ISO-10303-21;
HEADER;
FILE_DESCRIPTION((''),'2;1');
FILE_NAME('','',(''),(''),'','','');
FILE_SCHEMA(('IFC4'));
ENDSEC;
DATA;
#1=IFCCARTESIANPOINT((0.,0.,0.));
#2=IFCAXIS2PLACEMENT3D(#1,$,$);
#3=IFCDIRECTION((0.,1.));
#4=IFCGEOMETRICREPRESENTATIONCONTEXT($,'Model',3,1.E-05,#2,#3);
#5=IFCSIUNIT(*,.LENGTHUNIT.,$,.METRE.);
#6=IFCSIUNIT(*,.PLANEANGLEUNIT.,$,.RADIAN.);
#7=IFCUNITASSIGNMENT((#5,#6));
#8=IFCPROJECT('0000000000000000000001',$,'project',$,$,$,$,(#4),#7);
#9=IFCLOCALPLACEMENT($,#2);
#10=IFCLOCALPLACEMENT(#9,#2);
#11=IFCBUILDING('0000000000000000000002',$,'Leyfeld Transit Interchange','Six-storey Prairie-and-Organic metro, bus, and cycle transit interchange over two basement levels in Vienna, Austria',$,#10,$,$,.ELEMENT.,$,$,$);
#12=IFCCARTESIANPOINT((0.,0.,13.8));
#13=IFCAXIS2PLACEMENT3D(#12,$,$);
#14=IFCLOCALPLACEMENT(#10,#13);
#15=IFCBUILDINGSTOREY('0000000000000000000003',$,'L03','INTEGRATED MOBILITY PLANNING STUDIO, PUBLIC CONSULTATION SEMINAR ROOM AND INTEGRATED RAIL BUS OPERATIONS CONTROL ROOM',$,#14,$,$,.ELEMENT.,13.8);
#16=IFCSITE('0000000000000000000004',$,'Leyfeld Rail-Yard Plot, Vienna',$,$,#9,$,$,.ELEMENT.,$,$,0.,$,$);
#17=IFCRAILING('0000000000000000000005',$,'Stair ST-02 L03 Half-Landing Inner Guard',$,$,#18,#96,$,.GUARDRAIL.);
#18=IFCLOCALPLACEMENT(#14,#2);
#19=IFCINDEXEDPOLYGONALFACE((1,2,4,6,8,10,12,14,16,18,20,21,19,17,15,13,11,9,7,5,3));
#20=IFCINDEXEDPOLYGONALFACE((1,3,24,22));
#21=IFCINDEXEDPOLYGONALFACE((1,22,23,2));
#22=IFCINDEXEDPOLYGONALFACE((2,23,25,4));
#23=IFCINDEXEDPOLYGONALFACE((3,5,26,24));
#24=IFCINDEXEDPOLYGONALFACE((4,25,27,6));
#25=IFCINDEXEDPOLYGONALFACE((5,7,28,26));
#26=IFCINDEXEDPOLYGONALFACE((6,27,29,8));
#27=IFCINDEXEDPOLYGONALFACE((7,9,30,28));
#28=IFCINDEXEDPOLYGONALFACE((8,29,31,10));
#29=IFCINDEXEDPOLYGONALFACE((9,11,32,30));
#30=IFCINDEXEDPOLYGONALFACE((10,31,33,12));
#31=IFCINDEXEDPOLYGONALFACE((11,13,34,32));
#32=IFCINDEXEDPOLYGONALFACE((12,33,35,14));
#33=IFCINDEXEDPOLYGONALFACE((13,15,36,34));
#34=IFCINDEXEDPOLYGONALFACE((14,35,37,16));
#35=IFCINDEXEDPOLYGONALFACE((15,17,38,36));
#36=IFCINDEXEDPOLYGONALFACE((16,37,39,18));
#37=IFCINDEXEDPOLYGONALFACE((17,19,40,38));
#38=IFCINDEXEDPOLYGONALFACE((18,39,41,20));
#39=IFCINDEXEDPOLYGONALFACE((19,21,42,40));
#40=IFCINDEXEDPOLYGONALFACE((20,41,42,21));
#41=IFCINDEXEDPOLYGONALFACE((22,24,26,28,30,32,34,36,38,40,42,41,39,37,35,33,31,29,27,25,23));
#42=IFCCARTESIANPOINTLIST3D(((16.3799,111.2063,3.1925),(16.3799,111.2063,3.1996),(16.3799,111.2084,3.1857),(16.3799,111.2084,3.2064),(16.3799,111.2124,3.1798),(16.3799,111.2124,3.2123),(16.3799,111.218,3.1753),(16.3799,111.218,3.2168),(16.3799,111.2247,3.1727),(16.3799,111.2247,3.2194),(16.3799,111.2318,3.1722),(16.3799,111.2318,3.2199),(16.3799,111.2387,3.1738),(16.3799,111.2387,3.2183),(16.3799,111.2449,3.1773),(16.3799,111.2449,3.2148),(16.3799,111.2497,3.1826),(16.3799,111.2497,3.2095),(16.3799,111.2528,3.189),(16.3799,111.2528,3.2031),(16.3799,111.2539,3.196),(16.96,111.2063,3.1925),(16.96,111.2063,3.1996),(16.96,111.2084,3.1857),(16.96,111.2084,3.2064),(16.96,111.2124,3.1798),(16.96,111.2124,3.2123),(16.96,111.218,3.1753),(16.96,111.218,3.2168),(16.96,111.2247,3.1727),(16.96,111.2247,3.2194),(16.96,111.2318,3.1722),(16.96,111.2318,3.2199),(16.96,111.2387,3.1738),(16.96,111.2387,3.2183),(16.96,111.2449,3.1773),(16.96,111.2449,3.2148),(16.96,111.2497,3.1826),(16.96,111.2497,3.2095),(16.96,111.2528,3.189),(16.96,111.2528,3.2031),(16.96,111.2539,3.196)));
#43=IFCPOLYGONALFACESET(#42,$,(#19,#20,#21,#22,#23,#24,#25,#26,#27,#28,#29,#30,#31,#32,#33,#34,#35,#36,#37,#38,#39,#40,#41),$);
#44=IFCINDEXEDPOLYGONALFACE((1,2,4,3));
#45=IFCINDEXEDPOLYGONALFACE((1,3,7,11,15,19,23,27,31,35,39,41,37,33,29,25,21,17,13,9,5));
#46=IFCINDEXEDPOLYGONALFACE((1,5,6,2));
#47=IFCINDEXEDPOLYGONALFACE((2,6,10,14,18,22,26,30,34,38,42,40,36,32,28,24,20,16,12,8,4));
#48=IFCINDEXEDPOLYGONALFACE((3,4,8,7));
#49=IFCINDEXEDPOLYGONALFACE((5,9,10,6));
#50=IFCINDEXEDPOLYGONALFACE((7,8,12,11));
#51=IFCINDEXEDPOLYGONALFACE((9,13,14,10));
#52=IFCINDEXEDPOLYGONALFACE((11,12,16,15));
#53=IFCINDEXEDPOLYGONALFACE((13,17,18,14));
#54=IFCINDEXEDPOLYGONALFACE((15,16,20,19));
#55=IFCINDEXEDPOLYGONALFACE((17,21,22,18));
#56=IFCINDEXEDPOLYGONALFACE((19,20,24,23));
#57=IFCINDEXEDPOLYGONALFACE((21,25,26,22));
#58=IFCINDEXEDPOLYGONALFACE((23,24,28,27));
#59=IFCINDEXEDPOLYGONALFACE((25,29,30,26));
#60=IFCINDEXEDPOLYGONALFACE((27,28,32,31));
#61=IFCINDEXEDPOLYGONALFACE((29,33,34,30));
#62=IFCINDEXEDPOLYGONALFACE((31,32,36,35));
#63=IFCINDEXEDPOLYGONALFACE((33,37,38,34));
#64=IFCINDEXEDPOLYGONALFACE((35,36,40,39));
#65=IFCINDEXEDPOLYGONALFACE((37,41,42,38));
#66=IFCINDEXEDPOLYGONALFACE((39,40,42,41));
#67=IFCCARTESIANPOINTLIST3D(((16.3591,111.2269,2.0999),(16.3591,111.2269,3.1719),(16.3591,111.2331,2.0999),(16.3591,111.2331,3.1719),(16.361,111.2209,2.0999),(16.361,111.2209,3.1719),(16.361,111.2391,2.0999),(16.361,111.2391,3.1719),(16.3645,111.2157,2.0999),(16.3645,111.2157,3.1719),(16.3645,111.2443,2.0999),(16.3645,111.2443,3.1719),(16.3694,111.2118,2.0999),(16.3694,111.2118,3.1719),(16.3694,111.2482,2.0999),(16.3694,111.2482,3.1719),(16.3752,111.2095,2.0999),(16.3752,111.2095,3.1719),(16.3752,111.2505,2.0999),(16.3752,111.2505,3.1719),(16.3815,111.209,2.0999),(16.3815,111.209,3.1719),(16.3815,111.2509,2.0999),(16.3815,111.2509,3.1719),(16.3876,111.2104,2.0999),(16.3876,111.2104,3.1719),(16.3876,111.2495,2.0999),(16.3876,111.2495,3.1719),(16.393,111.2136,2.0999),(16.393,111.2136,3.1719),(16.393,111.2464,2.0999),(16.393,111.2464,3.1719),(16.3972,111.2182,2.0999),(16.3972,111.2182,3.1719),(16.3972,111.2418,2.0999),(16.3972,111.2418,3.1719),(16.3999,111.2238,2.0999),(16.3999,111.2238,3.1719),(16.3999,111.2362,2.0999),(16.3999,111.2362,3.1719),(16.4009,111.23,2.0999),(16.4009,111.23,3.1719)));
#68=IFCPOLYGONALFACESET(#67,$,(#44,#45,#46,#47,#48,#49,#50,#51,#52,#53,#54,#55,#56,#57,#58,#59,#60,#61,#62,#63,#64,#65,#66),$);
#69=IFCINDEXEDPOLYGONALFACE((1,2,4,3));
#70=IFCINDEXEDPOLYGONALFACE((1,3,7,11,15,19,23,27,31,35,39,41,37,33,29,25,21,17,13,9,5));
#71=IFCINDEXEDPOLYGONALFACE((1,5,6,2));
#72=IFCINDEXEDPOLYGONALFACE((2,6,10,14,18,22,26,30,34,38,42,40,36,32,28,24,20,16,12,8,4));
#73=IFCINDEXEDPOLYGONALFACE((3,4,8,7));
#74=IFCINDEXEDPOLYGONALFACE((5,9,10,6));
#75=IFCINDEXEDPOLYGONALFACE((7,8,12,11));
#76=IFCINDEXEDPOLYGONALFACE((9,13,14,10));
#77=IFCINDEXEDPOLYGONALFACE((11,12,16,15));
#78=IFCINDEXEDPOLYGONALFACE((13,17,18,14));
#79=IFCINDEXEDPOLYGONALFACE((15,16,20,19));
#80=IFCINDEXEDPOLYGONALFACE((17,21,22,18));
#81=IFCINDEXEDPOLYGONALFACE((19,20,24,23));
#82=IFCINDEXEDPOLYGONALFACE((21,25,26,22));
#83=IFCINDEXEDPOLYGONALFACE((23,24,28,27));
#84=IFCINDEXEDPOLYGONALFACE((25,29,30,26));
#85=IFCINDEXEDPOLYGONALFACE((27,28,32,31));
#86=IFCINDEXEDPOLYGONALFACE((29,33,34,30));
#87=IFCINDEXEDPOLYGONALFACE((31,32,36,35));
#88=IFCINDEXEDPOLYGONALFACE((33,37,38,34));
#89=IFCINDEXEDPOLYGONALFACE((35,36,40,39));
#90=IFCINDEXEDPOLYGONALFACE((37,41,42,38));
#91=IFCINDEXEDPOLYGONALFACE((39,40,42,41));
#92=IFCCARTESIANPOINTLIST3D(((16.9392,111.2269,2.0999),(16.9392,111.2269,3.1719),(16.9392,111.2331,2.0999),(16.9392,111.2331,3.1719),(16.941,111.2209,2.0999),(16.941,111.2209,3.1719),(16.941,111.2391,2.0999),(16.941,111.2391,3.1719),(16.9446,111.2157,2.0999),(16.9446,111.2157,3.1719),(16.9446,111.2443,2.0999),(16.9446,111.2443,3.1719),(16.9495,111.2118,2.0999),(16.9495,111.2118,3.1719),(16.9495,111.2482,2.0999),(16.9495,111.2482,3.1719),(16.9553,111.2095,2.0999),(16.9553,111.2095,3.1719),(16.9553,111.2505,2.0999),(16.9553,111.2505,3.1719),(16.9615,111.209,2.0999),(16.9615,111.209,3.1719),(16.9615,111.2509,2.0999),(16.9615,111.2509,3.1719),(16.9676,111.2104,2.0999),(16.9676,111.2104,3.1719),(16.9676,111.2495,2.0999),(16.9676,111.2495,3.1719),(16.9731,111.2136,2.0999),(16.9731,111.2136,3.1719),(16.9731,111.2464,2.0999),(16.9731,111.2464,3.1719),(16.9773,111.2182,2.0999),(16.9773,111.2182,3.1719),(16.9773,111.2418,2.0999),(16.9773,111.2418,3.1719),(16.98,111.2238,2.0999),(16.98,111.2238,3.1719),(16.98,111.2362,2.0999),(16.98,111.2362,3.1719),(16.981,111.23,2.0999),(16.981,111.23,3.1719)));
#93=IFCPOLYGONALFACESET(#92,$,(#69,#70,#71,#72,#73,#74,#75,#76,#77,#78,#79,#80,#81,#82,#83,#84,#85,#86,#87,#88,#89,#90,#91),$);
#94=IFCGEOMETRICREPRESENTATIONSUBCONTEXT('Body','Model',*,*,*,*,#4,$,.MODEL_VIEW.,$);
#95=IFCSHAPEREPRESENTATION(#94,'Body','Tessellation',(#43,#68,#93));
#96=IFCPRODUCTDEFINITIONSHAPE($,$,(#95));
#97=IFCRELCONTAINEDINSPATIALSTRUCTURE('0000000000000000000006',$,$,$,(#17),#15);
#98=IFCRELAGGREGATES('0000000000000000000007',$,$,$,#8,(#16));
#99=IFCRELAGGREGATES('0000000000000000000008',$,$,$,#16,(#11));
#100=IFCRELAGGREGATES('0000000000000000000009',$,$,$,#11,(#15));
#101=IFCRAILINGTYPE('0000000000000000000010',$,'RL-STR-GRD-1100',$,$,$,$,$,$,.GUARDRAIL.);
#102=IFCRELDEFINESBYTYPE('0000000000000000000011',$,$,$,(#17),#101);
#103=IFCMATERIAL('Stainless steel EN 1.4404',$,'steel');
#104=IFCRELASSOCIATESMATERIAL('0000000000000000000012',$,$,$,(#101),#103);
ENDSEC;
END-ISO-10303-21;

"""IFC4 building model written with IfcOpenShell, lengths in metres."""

from ifc_helpers import new_model, si_unit, direction, frame, origin, origin_2d, place, context, subcontext, project, spatial, circle, extrude, material, type_object, element, save


model = new_model("IFC4")

# Units and contexts
model_context = context("Model", 3, precision=1e-05, world=origin(), true_north=direction((0.0, 1.0)))
body_context = subcontext(model_context, "Body", "Model", "MODEL_VIEW")
ifc_project = project(units=[si_unit("LENGTHUNIT", "METRE"), si_unit("PLANEANGLEUNIT", "RADIAN")], contexts=[model_context])

# Site, building, storey
site_placement = place(None, origin())
site = spatial("IfcSite", under=ifc_project, at=site_placement, Name="Leyfeld Rail-Yard Plot, Vienna", CompositionType="ELEMENT", RefElevation=0.0)
building_placement = place(site_placement, origin())
building = spatial("IfcBuilding", under=site, at=building_placement, Name="Leyfeld Transit Interchange", Description="Six-storey Prairie-and-Organic metro, bus, and cycle transit interchange over two basement levels in Vienna, Austria", CompositionType="ELEMENT")
storey_placement = place(building_placement, frame((0.0, 0.0, 13.8)))
storey = spatial("IfcBuildingStorey", under=building, at=storey_placement, Name="L03", Description="INTEGRATED MOBILITY PLANNING STUDIO, PUBLIC CONSULTATION SEMINAR ROOM AND INTEGRATED RAIL BUS OPERATIONS CONTROL ROOM", CompositionType="ELEMENT", Elevation=13.8)

# Railing
ifc_material_1 = material(Name="Stainless steel EN 1.4404", Category="steel")
railing_type_1 = type_object("IfcRailingType", Name="RL-STR-GRD-1100", PredefinedType="GUARDRAIL", material=ifc_material_1)
railing_1_placement = place(storey_placement, frame((16.3799, 111.23, 2.0999)))
element("IfcRailing", 1, at=railing_1_placement, inside=storey, type_object=railing_type_1, Name="Stair ST-02 L03 Half-Landing Inner Guard", PredefinedType="GUARDRAIL", context=body_context, shape_type="SweptSolid", body=[
    extrude(circle(Radius=0.0239, at=origin_2d()), frame((0.0, 0.0, 1.0962), z_axis=(1.0, 0.0, 0.0), x_axis=(0.0, 1.0, 0.0)), (0.0, 0.0, 1.0), 0.5801),
    extrude(circle(Radius=0.021, at=origin_2d()), origin(), (0.0, 0.0, 1.0), 1.072),
    extrude(circle(Radius=0.021, at=origin_2d()), frame((0.5801, 0.0, 0.0)), (0.0, 0.0, 1.0), 1.072),
])

save(model, "model.ifc")
